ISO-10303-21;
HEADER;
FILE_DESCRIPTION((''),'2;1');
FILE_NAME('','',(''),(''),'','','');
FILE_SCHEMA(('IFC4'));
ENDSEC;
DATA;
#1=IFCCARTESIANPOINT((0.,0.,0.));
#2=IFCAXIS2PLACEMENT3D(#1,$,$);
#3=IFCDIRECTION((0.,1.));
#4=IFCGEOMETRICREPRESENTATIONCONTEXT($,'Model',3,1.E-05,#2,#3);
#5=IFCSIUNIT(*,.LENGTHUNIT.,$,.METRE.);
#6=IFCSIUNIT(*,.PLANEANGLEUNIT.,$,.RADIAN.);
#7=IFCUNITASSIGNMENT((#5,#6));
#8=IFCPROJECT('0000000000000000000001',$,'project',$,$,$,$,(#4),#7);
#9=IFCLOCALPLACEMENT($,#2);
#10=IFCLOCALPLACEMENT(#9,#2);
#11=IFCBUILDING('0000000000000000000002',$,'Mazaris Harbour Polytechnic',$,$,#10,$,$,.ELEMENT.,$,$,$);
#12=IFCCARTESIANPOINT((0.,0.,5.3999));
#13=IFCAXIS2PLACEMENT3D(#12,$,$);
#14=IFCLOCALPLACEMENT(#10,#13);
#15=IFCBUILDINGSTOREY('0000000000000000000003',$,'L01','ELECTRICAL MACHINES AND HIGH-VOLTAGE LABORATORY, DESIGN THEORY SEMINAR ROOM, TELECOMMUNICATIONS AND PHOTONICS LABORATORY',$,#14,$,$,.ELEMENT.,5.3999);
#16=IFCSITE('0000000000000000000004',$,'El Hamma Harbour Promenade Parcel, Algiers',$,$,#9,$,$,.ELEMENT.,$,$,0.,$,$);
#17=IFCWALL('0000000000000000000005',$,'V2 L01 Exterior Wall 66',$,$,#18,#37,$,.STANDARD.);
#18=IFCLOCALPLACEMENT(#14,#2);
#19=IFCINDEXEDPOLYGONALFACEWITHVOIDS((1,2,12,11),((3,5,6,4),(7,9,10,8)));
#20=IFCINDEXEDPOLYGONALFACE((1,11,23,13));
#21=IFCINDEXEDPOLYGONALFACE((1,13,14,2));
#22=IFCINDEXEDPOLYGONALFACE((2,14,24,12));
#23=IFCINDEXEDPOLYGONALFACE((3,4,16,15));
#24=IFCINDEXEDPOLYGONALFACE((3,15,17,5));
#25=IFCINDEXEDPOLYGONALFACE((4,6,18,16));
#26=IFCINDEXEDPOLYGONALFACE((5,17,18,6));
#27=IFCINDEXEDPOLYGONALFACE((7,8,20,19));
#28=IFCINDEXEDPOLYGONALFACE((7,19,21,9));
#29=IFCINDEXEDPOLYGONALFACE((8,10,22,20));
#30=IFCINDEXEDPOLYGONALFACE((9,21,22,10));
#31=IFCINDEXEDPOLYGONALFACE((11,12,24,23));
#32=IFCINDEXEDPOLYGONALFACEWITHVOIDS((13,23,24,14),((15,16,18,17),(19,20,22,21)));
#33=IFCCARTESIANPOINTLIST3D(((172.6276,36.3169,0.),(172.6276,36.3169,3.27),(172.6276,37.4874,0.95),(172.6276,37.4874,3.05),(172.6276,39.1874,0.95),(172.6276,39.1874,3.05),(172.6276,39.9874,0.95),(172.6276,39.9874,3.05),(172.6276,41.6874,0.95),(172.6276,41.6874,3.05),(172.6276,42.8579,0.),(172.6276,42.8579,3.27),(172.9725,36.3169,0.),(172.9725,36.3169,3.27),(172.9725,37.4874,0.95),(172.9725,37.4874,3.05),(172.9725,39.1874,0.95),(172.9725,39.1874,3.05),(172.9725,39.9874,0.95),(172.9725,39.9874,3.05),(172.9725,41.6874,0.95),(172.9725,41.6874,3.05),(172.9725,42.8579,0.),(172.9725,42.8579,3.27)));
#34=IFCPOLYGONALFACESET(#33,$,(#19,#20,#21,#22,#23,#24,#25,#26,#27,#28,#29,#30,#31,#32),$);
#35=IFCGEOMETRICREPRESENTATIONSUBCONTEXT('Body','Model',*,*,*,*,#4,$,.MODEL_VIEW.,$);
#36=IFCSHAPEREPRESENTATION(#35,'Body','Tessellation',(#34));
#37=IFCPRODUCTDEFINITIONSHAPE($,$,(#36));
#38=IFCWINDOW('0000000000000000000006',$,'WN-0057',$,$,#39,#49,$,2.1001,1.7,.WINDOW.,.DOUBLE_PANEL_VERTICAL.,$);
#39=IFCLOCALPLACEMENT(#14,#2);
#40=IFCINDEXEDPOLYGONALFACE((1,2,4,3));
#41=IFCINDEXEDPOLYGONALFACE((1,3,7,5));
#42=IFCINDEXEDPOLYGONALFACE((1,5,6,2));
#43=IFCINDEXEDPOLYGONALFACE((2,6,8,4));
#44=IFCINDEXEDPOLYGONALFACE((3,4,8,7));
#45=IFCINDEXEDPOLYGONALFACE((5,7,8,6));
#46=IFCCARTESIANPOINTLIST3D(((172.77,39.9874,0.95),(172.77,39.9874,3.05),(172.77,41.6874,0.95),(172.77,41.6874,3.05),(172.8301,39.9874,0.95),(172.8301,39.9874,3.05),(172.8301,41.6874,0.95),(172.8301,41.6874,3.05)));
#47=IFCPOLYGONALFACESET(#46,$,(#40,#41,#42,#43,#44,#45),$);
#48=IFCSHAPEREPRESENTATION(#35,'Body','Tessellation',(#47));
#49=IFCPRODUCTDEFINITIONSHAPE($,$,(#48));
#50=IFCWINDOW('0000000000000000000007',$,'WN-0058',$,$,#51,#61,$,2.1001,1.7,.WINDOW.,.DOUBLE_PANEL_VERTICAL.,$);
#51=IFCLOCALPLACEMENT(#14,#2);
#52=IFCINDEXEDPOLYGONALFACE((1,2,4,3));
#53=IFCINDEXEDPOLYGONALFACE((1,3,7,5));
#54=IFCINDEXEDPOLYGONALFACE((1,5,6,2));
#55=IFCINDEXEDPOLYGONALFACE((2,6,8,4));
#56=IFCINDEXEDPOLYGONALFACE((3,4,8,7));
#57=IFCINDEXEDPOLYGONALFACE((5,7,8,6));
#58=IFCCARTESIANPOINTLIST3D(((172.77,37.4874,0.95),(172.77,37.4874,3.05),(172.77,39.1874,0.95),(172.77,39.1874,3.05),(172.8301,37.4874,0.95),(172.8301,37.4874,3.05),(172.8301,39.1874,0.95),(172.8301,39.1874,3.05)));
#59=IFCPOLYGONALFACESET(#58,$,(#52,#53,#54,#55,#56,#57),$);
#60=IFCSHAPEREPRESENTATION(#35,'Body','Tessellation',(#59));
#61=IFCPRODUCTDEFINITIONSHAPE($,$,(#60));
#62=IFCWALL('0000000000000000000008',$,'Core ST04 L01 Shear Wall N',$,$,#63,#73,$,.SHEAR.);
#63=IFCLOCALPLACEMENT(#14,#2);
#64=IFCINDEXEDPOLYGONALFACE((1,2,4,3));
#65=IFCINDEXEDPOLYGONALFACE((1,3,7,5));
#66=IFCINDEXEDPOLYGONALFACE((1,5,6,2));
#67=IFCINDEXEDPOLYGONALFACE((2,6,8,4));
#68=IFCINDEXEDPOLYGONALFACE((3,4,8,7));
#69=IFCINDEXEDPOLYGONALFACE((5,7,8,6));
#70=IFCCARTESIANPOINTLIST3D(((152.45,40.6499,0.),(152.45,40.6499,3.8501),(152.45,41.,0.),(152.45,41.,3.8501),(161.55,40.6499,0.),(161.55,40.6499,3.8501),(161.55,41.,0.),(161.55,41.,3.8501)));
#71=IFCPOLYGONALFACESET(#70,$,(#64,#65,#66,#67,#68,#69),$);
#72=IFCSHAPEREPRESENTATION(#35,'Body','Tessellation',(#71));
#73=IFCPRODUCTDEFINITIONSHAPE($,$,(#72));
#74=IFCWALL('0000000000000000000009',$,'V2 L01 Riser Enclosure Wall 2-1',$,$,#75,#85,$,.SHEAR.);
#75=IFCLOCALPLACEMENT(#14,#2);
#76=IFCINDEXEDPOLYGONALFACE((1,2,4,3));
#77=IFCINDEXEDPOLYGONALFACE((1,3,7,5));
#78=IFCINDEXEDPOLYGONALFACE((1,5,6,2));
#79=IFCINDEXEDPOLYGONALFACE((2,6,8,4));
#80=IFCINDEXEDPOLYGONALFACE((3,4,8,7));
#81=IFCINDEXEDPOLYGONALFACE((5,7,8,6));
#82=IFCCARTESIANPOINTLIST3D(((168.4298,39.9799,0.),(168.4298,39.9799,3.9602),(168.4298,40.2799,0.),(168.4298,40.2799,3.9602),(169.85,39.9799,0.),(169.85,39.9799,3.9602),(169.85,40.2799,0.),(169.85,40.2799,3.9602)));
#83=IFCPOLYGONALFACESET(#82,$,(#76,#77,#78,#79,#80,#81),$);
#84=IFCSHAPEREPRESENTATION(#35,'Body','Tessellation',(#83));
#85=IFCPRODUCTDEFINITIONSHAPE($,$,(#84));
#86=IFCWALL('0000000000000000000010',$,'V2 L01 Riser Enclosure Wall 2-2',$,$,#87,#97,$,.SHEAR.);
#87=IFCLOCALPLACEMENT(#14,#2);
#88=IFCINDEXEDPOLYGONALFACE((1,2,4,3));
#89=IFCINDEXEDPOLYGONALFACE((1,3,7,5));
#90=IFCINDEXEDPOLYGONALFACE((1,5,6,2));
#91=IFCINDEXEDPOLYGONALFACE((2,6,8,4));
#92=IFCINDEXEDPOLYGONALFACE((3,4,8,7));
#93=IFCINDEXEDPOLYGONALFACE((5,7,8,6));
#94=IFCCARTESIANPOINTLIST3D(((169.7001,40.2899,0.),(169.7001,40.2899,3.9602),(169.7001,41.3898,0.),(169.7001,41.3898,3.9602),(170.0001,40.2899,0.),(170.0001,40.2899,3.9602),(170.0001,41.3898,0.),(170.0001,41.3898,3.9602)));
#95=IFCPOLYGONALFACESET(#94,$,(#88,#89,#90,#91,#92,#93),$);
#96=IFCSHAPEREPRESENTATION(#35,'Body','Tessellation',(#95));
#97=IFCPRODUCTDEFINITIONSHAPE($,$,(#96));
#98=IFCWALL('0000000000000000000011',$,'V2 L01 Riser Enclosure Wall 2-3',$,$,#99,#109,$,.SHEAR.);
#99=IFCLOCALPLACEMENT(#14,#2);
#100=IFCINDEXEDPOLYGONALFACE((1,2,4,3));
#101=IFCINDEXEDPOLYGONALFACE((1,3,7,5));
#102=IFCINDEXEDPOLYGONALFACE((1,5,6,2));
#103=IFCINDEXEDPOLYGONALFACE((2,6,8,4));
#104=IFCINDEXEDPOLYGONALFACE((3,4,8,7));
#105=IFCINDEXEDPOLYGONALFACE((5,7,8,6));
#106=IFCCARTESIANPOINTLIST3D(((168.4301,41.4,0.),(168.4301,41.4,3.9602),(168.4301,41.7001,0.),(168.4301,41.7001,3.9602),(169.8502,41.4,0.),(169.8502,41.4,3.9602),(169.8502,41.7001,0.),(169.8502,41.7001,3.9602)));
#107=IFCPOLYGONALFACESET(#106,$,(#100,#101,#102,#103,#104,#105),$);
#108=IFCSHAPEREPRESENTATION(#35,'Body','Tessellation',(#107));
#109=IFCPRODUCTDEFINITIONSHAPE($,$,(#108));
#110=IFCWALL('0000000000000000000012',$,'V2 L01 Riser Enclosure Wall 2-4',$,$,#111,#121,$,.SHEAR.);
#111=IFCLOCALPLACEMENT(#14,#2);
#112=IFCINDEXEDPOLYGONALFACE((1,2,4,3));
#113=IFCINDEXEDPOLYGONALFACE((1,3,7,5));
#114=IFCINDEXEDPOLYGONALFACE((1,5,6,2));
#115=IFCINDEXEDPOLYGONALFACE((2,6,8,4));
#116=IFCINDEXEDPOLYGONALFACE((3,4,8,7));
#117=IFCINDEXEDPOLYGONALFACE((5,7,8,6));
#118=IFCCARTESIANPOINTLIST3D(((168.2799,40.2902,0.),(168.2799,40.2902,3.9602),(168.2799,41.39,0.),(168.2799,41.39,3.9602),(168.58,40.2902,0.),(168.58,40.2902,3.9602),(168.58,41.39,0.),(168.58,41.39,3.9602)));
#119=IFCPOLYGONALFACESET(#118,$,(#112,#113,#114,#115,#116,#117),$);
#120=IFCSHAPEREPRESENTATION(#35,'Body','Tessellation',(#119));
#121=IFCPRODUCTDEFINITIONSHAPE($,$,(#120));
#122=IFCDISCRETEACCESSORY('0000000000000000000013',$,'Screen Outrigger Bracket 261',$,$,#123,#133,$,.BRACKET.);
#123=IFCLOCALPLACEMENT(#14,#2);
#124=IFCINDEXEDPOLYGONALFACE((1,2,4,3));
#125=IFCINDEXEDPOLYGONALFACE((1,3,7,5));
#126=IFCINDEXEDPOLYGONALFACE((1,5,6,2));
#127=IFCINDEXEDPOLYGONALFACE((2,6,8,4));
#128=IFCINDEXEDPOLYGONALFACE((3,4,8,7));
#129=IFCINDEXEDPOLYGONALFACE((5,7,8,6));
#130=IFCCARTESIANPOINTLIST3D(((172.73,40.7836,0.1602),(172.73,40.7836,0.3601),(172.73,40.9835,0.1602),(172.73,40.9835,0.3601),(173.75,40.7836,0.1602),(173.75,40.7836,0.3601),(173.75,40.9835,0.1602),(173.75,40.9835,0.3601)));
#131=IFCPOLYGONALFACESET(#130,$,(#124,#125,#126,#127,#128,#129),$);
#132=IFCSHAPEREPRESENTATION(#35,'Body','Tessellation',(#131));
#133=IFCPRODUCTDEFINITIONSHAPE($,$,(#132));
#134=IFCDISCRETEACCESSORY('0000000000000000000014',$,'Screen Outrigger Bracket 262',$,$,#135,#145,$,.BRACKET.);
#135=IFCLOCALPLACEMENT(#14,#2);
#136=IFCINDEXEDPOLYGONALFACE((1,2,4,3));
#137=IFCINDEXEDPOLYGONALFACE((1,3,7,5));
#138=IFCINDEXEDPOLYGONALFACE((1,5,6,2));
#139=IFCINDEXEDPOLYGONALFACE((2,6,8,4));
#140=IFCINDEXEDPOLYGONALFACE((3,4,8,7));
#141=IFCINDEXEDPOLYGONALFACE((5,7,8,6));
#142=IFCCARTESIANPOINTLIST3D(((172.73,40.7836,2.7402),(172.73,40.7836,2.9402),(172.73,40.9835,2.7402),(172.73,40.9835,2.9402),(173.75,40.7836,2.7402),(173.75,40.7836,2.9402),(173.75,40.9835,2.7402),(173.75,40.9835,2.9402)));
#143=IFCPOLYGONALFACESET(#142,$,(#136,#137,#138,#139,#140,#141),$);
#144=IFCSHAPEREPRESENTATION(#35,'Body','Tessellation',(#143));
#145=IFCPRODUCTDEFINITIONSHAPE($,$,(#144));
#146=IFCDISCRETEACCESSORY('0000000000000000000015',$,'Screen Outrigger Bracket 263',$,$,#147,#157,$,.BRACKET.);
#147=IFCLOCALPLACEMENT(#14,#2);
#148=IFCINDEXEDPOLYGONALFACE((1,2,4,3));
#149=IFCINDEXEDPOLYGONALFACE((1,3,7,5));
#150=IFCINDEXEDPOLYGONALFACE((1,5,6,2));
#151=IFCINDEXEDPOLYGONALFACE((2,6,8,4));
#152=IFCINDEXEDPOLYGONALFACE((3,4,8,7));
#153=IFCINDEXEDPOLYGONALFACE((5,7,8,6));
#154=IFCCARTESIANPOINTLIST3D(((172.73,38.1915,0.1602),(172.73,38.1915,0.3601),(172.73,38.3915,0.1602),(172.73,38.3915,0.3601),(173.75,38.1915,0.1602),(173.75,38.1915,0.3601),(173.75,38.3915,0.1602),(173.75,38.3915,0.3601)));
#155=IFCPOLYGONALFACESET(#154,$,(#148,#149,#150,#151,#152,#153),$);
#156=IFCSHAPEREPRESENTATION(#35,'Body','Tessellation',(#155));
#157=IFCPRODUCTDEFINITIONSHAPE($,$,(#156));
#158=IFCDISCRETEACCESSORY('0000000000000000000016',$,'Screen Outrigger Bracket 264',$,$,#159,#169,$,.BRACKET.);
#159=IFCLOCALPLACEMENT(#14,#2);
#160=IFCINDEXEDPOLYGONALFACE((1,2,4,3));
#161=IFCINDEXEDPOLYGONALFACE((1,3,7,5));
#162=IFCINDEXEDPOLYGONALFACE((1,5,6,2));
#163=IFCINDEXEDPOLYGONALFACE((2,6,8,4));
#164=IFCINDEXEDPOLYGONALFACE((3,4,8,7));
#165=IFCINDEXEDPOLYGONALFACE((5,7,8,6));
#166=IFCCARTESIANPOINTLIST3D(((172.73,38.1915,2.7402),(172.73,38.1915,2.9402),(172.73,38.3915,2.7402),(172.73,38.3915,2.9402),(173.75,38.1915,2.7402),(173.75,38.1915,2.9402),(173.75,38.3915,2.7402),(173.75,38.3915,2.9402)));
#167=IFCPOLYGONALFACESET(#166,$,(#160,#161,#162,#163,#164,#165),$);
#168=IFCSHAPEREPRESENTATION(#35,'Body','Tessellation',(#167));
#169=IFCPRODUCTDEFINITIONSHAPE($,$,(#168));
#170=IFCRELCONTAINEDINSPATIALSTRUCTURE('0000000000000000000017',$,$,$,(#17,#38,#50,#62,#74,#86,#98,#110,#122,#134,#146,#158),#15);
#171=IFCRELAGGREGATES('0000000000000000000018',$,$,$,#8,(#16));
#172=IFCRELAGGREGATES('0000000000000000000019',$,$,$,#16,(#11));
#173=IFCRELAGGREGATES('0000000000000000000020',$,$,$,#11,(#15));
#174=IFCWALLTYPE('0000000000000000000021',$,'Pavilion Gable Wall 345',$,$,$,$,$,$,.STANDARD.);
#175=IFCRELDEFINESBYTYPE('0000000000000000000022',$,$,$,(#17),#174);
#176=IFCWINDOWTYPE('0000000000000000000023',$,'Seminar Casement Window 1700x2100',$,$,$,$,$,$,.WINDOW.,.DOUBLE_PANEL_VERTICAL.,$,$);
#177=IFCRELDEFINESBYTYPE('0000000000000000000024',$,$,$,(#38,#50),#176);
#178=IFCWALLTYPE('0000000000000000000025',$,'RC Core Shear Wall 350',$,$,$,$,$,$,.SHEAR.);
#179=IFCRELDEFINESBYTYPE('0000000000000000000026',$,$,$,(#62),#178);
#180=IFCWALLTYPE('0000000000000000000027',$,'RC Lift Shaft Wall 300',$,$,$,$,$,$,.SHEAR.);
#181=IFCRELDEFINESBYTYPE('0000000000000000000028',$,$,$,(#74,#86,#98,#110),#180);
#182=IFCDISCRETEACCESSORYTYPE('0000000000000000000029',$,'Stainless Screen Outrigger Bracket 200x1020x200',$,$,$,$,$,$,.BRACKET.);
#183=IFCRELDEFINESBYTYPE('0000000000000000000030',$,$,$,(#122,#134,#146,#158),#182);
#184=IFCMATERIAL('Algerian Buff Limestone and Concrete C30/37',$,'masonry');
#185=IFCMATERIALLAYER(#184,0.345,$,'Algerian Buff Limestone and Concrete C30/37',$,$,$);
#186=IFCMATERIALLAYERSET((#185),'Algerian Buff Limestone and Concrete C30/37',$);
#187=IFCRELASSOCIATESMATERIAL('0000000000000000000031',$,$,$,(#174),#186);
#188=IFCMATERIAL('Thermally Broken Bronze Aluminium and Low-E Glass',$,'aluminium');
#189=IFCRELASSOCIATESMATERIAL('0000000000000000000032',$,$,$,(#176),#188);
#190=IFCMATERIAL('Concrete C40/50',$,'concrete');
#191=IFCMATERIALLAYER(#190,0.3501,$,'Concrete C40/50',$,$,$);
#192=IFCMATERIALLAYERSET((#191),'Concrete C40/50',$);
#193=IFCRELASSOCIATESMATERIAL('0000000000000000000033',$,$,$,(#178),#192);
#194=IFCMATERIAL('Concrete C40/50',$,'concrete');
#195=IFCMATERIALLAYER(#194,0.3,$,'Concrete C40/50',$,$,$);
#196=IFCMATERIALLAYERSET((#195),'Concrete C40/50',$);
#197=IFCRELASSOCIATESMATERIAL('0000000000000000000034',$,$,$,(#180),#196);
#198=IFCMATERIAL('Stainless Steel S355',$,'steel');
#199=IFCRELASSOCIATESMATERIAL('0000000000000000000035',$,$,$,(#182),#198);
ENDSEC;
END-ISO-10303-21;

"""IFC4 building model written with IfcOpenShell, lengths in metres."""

from ifc_helpers import new_model, si_unit, direction, frame, frame_2d, origin, origin_2d, place, context, subcontext, project, spatial, rectangle, extrude, material, layer, layer_set, type_object, element, fill, save


model = new_model("IFC4")

# Units and contexts
model_context = context("Model", 3, precision=1e-05, world=origin(), true_north=direction((0.0, 1.0)))
body_context = subcontext(model_context, "Body", "Model", "MODEL_VIEW")
ifc_project = project(units=[si_unit("LENGTHUNIT", "METRE"), si_unit("PLANEANGLEUNIT", "RADIAN")], contexts=[model_context])

# Site, building, storey
site_placement = place(None, origin())
site = spatial("IfcSite", under=ifc_project, at=site_placement, Name="El Hamma Harbour Promenade Parcel, Algiers", CompositionType="ELEMENT", RefElevation=0.0)
building_placement = place(site_placement, origin())
building = spatial("IfcBuilding", under=site, at=building_placement, Name="Mazaris Harbour Polytechnic", CompositionType="ELEMENT")
storey_placement = place(building_placement, frame((0.0, 0.0, 5.3999)))
storey = spatial("IfcBuildingStorey", under=building, at=storey_placement, Name="L01", Description="ELECTRICAL MACHINES AND HIGH-VOLTAGE LABORATORY, DESIGN THEORY SEMINAR ROOM, TELECOMMUNICATIONS AND PHOTONICS LABORATORY", CompositionType="ELEMENT", Elevation=5.3999)

# Shared definitions
ifc_material_1 = material(Name="Algerian Buff Limestone and Concrete C30/37", Category="masonry")
ifc_layer_1 = layer(ifc_material_1, 0.345, Name="Algerian Buff Limestone and Concrete C30/37")
ifc_layer_set_1 = layer_set([ifc_layer_1], Name="Algerian Buff Limestone and Concrete C30/37")
wall_type_1 = type_object("IfcWallType", Name="Pavilion Gable Wall 345", PredefinedType="STANDARD", material=ifc_layer_set_1)

# Wall, openings, windows
wall_1_placement = place(storey_placement, frame((172.8, 42.8579, 0.0), z_axis=(0.0, 0.0, 1.0), x_axis=(0.0, -1.0, 0.0)))
wall_1 = element("IfcWall", 1, at=wall_1_placement, inside=storey, type_object=wall_type_1, Name="V2 L01 Exterior Wall 66", PredefinedType="STANDARD", context=body_context, shape_type="SweptSolid", body=[
    extrude(rectangle(XDim=6.541, YDim=0.345, at=frame_2d((3.2705, 0.0))), origin(), (0.0, 0.0, 1.0), 3.27),
])
opening_1_placement = place(wall_1_placement, frame((1.1704, 0.0, 0.95)))
opening_1 = element("IfcOpeningElement", 2, at=opening_1_placement, cuts=wall_1, PredefinedType="OPENING", context=body_context, shape_type="SweptSolid", body=[
    extrude(rectangle(XDim=1.7, YDim=2.1001, at=frame_2d((0.8501, 1.05))), frame((0.0, 0.1824, 0.0), z_axis=(0.0, -1.0, 0.0), x_axis=(1.0, 0.0, 0.0)), (0.0, 0.0, 1.0), 0.365),
])
opening_2_placement = place(wall_1_placement, frame((3.6704, 0.0, 0.95)))
opening_2 = element("IfcOpeningElement", 3, at=opening_2_placement, cuts=wall_1, PredefinedType="OPENING", context=body_context, shape_type="SweptSolid", body=[
    extrude(rectangle(XDim=1.7, YDim=2.1001, at=frame_2d((0.8501, 1.05))), frame((0.0, 0.1824, 0.0), z_axis=(0.0, -1.0, 0.0), x_axis=(1.0, 0.0, 0.0)), (0.0, 0.0, 1.0), 0.365),
])
ifc_material_2 = material(Name="Thermally Broken Bronze Aluminium and Low-E Glass", Category="aluminium")
window_type_1 = type_object("IfcWindowType", Name="Seminar Casement Window 1700x2100", PartitioningType="DOUBLE_PANEL_VERTICAL", PredefinedType="WINDOW", material=ifc_material_2)
window_1_placement = place(opening_1_placement, origin())
window_1 = element("IfcWindow", 4, at=window_1_placement, inside=storey, type_object=window_type_1, Name="WN-0057", OverallHeight=2.1001, OverallWidth=1.7, PartitioningType="DOUBLE_PANEL_VERTICAL", PredefinedType="WINDOW", context=body_context, shape_type="SweptSolid", body=[
    extrude(rectangle(XDim=1.7, YDim=2.1001, at=frame_2d((0.8501, 1.05))), frame((0.0, 0.03, 0.0), z_axis=(0.0, -1.0, 0.0), x_axis=(1.0, 0.0, 0.0)), (0.0, 0.0, 1.0), 0.0601),
])
fill(opening_1, window_1)
window_2_placement = place(opening_2_placement, origin())
window_2 = element("IfcWindow", 5, at=window_2_placement, inside=storey, type_object=window_type_1, Name="WN-0058", OverallHeight=2.1001, OverallWidth=1.7, PartitioningType="DOUBLE_PANEL_VERTICAL", PredefinedType="WINDOW", context=body_context, shape_type="SweptSolid", body=[
    extrude(rectangle(XDim=1.7, YDim=2.1001, at=frame_2d((0.8501, 1.05))), frame((0.0, 0.03, 0.0), z_axis=(0.0, -1.0, 0.0), x_axis=(1.0, 0.0, 0.0)), (0.0, 0.0, 1.0), 0.0601),
])
fill(opening_2, window_2)

# Walls
ifc_material_3 = material(Name="Concrete C40/50", Category="concrete")
ifc_layer_2 = layer(ifc_material_3, 0.3501, Name="Concrete C40/50")
ifc_layer_set_2 = layer_set([ifc_layer_2], Name="Concrete C40/50")
wall_type_2 = type_object("IfcWallType", Name="RC Core Shear Wall 350", PredefinedType="SHEAR", material=ifc_layer_set_2)
wall_2_placement = place(storey_placement, frame((161.55, 40.825, 0.0), z_axis=(0.0, 0.0, 1.0), x_axis=(-1.0, 0.0, 0.0)))
element("IfcWall", 6, at=wall_2_placement, inside=storey, type_object=wall_type_2, Name="Core ST04 L01 Shear Wall N", PredefinedType="SHEAR", context=body_context, shape_type="SweptSolid", body=[
    extrude(rectangle(XDim=9.1001, YDim=0.3501, at=frame_2d((4.55, 0.0))), origin(), (0.0, 0.0, 1.0), 3.8501),
])
ifc_material_4 = material(Name="Concrete C40/50", Category="concrete")
ifc_layer_3 = layer(ifc_material_4, 0.3, Name="Concrete C40/50")
ifc_layer_set_3 = layer_set([ifc_layer_3], Name="Concrete C40/50")
wall_type_3 = type_object("IfcWallType", Name="RC Lift Shaft Wall 300", PredefinedType="SHEAR", material=ifc_layer_set_3)
wall_3_placement = place(storey_placement, frame((168.4299, 40.1299, 0.0), z_axis=(0.0, 0.0, 1.0), x_axis=(1.0, 0.0, 0.0)))
element("IfcWall", 7, at=wall_3_placement, inside=storey, type_object=wall_type_3, Name="V2 L01 Riser Enclosure Wall 2-1", PredefinedType="SHEAR", context=body_context, shape_type="SweptSolid", body=[
    extrude(rectangle(XDim=1.4202, YDim=0.3, at=frame_2d((0.71, 0.0))), origin(), (0.0, 0.0, 1.0), 3.9602),
])
wall_4_placement = place(storey_placement, frame((169.8501, 40.29, 0.0), z_axis=(0.0, 0.0, 1.0), x_axis=(0.0, 1.0, 0.0)))
element("IfcWall", 8, at=wall_4_placement, inside=storey, type_object=wall_type_3, Name="V2 L01 Riser Enclosure Wall 2-2", PredefinedType="SHEAR", context=body_context, shape_type="SweptSolid", body=[
    extrude(rectangle(XDim=1.0999, YDim=0.3, at=frame_2d((0.5498, 0.0))), origin(), (0.0, 0.0, 1.0), 3.9602),
])
wall_5_placement = place(storey_placement, frame((169.8501, 41.55, 0.0), z_axis=(0.0, 0.0, 1.0), x_axis=(-1.0, 0.0, 0.0)))
element("IfcWall", 9, at=wall_5_placement, inside=storey, type_object=wall_type_3, Name="V2 L01 Riser Enclosure Wall 2-3", PredefinedType="SHEAR", context=body_context, shape_type="SweptSolid", body=[
    extrude(rectangle(XDim=1.4202, YDim=0.3, at=frame_2d((0.71, 0.0))), origin(), (0.0, 0.0, 1.0), 3.9602),
])
wall_6_placement = place(storey_placement, frame((168.4299, 41.3899, 0.0), z_axis=(0.0, 0.0, 1.0), x_axis=(0.0, -1.0, 0.0)))
element("IfcWall", 10, at=wall_6_placement, inside=storey, type_object=wall_type_3, Name="V2 L01 Riser Enclosure Wall 2-4", PredefinedType="SHEAR", context=body_context, shape_type="SweptSolid", body=[
    extrude(rectangle(XDim=1.0999, YDim=0.3, at=frame_2d((0.5498, 0.0))), origin(), (0.0, 0.0, 1.0), 3.9602),
])

# Discrete accessories
ifc_material_5 = material(Name="Stainless Steel S355", Category="steel")
discrete_accessory_type = type_object("IfcDiscreteAccessoryType", Name="Stainless Screen Outrigger Bracket 200x1020x200", PredefinedType="BRACKET", material=ifc_material_5)
for number, where, z_axis, x_axis, name in (
    (11, (173.24, 40.8835, 0.1602), (0.0, 0.0, 1.0), (0.0, -1.0, 0.0), "Screen Outrigger Bracket 261"),
    (12, (173.24, 40.8835, 2.7402), (0.0, 0.0, 1.0), (0.0, -1.0, 0.0), "Screen Outrigger Bracket 262"),
    (13, (173.24, 38.2915, 0.1602), (0.0, 0.0, 1.0), (0.0, -1.0, 0.0), "Screen Outrigger Bracket 263"),
    (14, (173.24, 38.2915, 2.7402), (0.0, 0.0, 1.0), (0.0, -1.0, 0.0), "Screen Outrigger Bracket 264"),
):
    element("IfcDiscreteAccessory", number, at=place(storey_placement, frame(where, z_axis=z_axis, x_axis=x_axis)), inside=storey, type_object=discrete_accessory_type, Name=name, PredefinedType="BRACKET", context=body_context, shape_type="SweptSolid", body=[
        extrude(rectangle(XDim=0.2, YDim=1.02, at=origin_2d()), origin(), (0.0, 0.0, 1.0), 0.2),
    ])

save(model, "model.ifc")
